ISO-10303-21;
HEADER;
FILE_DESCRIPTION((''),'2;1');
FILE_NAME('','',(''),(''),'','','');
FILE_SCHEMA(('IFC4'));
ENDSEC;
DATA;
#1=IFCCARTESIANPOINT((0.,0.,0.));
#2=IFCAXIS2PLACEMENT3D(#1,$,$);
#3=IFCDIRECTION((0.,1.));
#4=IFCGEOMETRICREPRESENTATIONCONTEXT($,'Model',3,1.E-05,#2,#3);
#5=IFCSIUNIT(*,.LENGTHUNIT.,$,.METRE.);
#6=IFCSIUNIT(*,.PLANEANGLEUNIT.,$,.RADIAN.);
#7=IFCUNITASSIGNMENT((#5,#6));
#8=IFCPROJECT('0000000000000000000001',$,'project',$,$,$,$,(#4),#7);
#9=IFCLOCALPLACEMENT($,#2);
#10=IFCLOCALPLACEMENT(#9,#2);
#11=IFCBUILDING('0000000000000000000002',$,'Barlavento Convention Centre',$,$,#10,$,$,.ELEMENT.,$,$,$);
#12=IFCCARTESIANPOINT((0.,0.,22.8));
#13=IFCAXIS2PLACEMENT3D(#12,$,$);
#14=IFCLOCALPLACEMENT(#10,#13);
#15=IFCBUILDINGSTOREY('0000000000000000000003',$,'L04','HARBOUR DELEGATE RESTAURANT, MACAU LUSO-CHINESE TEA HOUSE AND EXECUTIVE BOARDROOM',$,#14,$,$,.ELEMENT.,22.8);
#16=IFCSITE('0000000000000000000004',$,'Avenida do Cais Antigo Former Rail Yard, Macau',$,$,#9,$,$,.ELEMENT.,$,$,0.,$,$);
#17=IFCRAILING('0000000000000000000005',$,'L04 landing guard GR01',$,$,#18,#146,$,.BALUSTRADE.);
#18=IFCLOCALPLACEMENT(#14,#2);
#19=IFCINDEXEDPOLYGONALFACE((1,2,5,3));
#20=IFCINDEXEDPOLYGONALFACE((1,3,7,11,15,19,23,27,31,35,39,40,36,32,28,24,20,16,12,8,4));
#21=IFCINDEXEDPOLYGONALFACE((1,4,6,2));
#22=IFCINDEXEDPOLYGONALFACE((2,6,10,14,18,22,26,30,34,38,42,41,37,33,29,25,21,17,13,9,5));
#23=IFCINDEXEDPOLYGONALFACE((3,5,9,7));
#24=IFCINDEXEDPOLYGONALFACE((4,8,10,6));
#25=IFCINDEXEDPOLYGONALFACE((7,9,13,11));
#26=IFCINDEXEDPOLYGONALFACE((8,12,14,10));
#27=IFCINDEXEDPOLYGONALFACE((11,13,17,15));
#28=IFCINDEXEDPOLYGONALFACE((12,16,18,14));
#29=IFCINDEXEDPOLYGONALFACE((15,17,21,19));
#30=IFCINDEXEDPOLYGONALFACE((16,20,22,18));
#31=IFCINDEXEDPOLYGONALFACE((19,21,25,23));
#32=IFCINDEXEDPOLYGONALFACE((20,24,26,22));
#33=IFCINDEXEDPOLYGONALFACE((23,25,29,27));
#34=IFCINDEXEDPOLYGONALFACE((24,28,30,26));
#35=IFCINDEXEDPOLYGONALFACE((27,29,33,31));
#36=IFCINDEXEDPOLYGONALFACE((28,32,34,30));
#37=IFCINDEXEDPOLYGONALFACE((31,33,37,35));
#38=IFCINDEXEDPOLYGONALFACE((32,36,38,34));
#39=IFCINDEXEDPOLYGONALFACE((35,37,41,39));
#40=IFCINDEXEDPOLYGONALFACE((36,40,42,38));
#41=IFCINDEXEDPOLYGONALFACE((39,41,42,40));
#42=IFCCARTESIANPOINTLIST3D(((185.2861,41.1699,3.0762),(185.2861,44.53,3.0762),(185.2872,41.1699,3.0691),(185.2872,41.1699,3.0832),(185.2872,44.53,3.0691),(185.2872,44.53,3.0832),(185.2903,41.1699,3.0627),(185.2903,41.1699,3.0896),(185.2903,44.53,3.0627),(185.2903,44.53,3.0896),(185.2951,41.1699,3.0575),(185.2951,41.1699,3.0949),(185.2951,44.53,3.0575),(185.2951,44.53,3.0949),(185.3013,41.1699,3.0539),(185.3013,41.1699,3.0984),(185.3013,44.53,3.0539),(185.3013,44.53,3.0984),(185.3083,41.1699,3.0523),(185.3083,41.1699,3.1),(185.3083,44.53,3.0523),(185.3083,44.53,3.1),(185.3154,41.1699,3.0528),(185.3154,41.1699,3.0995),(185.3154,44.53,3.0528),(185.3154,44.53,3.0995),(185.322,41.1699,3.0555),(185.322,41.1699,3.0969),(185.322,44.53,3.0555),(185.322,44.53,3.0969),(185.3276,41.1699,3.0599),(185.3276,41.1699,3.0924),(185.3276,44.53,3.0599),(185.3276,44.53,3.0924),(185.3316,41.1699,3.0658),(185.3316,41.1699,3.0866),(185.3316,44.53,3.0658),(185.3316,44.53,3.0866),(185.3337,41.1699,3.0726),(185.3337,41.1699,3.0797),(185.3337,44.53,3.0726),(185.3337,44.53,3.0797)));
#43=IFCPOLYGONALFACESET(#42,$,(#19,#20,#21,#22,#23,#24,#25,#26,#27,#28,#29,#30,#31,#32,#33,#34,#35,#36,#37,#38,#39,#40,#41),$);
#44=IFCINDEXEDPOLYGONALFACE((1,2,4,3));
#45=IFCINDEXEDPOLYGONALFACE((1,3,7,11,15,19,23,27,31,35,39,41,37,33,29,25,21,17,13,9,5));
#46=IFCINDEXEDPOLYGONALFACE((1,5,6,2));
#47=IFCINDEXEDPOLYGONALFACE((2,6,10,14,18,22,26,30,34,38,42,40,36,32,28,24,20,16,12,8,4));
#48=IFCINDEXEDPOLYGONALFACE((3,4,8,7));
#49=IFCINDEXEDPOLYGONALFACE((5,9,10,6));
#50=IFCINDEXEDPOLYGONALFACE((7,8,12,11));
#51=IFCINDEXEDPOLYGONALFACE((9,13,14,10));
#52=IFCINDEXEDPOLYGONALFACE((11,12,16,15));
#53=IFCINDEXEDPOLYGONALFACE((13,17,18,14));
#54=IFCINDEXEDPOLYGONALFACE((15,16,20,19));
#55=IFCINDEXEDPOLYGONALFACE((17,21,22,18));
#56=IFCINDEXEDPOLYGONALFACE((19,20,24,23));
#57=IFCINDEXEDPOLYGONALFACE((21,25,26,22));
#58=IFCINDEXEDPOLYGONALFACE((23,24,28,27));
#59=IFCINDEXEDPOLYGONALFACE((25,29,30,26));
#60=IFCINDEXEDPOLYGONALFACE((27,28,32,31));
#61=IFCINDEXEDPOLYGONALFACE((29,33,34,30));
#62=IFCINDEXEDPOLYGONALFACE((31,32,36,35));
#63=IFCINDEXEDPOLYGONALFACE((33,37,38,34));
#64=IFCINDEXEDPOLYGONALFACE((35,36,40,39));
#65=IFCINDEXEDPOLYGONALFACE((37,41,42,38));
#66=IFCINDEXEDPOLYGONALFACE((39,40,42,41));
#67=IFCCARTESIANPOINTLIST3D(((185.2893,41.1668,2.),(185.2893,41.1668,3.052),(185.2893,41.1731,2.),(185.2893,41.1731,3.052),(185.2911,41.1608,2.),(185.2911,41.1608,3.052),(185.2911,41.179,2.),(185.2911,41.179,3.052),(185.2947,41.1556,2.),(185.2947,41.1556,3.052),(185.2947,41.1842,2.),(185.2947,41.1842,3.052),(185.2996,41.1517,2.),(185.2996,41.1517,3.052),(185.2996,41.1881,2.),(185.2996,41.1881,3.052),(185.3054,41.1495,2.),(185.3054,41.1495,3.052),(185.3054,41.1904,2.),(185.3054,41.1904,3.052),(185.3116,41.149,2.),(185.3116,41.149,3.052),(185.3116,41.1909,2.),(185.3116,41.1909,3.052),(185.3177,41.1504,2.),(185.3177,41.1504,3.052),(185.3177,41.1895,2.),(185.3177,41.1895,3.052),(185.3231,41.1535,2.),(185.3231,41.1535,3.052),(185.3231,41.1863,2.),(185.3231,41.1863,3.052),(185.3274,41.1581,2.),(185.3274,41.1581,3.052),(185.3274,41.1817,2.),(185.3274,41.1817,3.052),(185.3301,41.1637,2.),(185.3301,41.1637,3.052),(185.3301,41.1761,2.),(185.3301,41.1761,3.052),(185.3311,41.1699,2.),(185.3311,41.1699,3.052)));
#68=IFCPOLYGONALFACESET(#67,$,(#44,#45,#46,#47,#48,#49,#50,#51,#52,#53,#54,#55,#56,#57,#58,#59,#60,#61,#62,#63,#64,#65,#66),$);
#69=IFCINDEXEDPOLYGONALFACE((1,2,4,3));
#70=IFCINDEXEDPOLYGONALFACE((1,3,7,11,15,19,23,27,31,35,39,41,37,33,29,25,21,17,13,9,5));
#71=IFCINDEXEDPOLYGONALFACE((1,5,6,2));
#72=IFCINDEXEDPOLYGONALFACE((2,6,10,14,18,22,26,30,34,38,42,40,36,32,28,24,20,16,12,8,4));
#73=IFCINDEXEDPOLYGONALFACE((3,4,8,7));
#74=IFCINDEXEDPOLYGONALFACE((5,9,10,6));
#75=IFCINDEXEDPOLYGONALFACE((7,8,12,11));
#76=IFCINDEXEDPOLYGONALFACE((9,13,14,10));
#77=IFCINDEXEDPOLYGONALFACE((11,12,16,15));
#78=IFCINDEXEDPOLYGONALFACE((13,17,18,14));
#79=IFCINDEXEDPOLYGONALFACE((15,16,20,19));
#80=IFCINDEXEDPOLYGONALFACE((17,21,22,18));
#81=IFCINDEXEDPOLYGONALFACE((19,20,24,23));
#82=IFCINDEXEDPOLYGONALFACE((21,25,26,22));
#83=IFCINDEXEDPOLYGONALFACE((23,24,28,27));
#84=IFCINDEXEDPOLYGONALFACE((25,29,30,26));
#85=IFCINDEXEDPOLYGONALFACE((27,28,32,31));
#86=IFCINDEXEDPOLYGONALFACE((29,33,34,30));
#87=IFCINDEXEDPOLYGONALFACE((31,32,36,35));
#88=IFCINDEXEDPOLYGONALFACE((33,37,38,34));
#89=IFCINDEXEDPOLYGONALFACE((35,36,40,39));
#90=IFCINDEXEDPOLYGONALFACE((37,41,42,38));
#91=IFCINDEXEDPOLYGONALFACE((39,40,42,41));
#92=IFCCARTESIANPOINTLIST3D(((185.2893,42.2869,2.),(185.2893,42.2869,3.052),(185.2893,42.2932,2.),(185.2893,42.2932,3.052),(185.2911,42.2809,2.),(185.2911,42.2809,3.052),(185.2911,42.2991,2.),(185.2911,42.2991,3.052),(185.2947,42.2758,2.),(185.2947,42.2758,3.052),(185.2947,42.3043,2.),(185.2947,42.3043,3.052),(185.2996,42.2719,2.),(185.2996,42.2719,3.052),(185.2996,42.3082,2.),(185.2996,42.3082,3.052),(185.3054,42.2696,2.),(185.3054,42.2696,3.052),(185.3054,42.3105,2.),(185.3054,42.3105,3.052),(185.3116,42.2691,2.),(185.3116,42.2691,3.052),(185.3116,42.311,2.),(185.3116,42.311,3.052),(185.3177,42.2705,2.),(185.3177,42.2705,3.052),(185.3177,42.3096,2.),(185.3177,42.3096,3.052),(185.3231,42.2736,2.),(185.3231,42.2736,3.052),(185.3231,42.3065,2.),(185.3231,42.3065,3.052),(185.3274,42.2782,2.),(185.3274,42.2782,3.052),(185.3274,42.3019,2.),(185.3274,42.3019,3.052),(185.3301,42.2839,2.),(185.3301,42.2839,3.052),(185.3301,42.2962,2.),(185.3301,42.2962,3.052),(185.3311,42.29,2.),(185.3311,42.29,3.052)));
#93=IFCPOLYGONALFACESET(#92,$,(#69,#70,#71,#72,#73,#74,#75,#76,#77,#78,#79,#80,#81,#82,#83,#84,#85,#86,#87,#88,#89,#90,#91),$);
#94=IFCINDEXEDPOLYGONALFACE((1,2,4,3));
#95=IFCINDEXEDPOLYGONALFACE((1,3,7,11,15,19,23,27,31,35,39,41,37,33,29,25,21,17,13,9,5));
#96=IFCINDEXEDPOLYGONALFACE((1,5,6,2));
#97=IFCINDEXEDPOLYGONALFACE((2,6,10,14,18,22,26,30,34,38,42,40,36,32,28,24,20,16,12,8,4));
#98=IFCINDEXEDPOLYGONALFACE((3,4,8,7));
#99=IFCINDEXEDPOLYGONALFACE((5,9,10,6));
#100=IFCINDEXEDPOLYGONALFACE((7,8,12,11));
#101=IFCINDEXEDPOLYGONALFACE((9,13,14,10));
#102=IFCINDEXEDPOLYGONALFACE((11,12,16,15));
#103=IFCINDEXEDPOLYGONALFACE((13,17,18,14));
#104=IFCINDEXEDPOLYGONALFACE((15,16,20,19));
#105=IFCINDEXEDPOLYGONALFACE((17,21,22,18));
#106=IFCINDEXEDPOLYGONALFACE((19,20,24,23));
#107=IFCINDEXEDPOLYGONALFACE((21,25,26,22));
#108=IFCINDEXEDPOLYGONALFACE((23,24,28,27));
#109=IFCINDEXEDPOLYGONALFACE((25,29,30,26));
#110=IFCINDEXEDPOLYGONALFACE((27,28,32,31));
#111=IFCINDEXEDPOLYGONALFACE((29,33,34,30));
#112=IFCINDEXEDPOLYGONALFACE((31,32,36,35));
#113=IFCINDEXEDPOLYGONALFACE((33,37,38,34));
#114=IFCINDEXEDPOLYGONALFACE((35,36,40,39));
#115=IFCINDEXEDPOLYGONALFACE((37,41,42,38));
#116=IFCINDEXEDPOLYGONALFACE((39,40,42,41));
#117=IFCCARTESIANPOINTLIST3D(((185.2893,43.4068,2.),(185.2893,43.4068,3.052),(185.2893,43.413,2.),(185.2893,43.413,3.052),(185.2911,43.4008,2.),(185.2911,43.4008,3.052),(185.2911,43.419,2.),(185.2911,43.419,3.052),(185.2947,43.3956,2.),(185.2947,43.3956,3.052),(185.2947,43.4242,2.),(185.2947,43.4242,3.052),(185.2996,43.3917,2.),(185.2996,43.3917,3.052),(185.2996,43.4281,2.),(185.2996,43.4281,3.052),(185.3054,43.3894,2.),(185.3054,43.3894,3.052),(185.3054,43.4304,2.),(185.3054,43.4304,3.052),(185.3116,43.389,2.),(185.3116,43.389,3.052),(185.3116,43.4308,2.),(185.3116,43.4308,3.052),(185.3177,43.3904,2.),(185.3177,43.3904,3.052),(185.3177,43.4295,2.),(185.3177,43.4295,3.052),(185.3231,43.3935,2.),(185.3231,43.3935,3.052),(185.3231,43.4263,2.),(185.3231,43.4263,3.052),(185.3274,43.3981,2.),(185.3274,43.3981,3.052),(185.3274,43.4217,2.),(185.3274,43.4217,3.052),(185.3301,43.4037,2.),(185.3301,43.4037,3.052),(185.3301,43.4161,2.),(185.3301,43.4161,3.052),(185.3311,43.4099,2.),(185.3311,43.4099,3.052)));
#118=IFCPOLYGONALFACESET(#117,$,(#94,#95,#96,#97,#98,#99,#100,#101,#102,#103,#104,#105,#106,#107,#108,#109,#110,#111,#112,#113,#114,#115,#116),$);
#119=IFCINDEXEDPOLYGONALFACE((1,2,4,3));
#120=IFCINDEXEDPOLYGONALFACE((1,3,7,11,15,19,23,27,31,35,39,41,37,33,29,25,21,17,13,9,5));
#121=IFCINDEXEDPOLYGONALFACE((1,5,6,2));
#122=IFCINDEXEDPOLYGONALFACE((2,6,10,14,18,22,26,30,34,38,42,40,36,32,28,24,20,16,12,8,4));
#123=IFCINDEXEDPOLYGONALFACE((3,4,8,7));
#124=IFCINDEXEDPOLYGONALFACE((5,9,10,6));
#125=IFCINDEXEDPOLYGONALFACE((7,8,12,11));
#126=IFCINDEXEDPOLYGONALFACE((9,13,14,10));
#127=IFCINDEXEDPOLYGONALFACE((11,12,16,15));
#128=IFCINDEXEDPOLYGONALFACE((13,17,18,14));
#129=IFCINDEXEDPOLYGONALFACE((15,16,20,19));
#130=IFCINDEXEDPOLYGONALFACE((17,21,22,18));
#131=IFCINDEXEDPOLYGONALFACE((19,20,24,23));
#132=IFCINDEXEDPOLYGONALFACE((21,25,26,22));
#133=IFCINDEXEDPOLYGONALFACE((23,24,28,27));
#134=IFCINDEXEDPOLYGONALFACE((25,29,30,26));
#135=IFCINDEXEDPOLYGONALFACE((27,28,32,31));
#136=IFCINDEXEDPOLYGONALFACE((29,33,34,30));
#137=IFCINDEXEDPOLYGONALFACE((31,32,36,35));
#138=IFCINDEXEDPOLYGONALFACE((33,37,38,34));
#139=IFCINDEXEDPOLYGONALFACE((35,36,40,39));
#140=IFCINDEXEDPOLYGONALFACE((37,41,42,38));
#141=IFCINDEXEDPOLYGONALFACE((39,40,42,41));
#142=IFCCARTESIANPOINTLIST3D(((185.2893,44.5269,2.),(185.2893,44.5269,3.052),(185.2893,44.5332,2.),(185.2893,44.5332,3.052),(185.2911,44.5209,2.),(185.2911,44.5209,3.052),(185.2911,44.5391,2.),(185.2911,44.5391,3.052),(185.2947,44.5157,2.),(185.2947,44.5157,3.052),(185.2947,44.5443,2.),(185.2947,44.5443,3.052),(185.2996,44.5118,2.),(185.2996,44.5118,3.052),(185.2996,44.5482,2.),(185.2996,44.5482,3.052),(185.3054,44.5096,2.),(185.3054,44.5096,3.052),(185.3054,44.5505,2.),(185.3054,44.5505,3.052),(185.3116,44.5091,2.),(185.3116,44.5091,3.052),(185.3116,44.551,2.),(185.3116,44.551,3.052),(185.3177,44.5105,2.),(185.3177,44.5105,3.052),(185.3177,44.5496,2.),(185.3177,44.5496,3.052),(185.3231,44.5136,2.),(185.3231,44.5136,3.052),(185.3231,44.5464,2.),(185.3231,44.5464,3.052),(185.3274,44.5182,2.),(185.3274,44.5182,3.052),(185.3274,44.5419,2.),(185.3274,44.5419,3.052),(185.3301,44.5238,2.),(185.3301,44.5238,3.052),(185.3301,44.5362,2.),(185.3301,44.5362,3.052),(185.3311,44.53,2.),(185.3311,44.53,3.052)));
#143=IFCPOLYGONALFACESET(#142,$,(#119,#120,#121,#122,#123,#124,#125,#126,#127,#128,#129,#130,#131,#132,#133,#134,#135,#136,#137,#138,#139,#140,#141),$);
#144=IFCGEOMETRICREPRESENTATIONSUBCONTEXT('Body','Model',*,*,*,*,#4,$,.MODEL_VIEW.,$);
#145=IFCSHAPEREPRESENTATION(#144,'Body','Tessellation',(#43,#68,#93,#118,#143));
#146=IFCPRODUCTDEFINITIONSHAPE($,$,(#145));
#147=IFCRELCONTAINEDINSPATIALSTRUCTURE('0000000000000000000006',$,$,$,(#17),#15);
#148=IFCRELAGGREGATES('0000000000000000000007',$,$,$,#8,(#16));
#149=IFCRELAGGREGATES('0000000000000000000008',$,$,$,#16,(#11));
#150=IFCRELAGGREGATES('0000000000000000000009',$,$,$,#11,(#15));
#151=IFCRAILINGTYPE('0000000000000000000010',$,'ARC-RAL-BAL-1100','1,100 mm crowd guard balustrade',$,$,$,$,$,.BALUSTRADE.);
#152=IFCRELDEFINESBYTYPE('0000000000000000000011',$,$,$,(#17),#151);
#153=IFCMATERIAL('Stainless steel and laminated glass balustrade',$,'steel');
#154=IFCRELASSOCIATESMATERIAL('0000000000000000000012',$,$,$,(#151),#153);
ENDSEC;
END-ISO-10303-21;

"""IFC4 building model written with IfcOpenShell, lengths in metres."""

from ifc_helpers import new_model, si_unit, direction, frame, origin, origin_2d, place, context, subcontext, project, spatial, circle, extrude, material, type_object, element, save


model = new_model("IFC4")

# Units and contexts
model_context = context("Model", 3, precision=1e-05, world=origin(), true_north=direction((0.0, 1.0)))
body_context = subcontext(model_context, "Body", "Model", "MODEL_VIEW")
ifc_project = project(units=[si_unit("LENGTHUNIT", "METRE"), si_unit("PLANEANGLEUNIT", "RADIAN")], contexts=[model_context])

# Site, building, storey
site_placement = place(None, origin())
site = spatial("IfcSite", under=ifc_project, at=site_placement, Name="Avenida do Cais Antigo Former Rail Yard, Macau", CompositionType="ELEMENT", RefElevation=0.0)
building_placement = place(site_placement, origin())
building = spatial("IfcBuilding", under=site, at=building_placement, Name="Barlavento Convention Centre", CompositionType="ELEMENT")
storey_placement = place(building_placement, frame((0.0, 0.0, 22.8)))
storey = spatial("IfcBuildingStorey", under=building, at=storey_placement, Name="L04", Description="HARBOUR DELEGATE RESTAURANT, MACAU LUSO-CHINESE TEA HOUSE AND EXECUTIVE BOARDROOM", CompositionType="ELEMENT", Elevation=22.8)

# Railing
ifc_material_1 = material(Name="Stainless steel and laminated glass balustrade", Category="steel")
railing_type_1 = type_object("IfcRailingType", Name="ARC-RAL-BAL-1100", Description="1,100 mm crowd guard balustrade", PredefinedType="BALUSTRADE", material=ifc_material_1)
for number, where, name in (
    (1, (185.3101, 41.1699, 2.0), "L04 landing guard GR01"),
):
    element("IfcRailing", number, at=place(storey_placement, frame(where)), inside=storey, type_object=railing_type_1, Name=name, PredefinedType="BALUSTRADE", context=body_context, shape_type="SweptSolid", body=[
        extrude(circle(Radius=0.0239, at=origin_2d()), frame((0.0, 0.0, 1.0762), z_axis=(0.0, 1.0, 0.0), x_axis=(-1.0, 0.0, 0.0)), (0.0, 0.0, 1.0), 3.3601),
        extrude(circle(Radius=0.021, at=origin_2d()), origin(), (0.0, 0.0, 1.0), 1.052),
        extrude(circle(Radius=0.021, at=origin_2d()), frame((0.0, 1.1201, 0.0)), (0.0, 0.0, 1.0), 1.052),
        extrude(circle(Radius=0.021, at=origin_2d()), frame((0.0, 2.24, 0.0)), (0.0, 0.0, 1.0), 1.052),
        extrude(circle(Radius=0.021, at=origin_2d()), frame((0.0, 3.3601, 0.0)), (0.0, 0.0, 1.0), 1.052),
    ])

save(model, "model.ifc")
